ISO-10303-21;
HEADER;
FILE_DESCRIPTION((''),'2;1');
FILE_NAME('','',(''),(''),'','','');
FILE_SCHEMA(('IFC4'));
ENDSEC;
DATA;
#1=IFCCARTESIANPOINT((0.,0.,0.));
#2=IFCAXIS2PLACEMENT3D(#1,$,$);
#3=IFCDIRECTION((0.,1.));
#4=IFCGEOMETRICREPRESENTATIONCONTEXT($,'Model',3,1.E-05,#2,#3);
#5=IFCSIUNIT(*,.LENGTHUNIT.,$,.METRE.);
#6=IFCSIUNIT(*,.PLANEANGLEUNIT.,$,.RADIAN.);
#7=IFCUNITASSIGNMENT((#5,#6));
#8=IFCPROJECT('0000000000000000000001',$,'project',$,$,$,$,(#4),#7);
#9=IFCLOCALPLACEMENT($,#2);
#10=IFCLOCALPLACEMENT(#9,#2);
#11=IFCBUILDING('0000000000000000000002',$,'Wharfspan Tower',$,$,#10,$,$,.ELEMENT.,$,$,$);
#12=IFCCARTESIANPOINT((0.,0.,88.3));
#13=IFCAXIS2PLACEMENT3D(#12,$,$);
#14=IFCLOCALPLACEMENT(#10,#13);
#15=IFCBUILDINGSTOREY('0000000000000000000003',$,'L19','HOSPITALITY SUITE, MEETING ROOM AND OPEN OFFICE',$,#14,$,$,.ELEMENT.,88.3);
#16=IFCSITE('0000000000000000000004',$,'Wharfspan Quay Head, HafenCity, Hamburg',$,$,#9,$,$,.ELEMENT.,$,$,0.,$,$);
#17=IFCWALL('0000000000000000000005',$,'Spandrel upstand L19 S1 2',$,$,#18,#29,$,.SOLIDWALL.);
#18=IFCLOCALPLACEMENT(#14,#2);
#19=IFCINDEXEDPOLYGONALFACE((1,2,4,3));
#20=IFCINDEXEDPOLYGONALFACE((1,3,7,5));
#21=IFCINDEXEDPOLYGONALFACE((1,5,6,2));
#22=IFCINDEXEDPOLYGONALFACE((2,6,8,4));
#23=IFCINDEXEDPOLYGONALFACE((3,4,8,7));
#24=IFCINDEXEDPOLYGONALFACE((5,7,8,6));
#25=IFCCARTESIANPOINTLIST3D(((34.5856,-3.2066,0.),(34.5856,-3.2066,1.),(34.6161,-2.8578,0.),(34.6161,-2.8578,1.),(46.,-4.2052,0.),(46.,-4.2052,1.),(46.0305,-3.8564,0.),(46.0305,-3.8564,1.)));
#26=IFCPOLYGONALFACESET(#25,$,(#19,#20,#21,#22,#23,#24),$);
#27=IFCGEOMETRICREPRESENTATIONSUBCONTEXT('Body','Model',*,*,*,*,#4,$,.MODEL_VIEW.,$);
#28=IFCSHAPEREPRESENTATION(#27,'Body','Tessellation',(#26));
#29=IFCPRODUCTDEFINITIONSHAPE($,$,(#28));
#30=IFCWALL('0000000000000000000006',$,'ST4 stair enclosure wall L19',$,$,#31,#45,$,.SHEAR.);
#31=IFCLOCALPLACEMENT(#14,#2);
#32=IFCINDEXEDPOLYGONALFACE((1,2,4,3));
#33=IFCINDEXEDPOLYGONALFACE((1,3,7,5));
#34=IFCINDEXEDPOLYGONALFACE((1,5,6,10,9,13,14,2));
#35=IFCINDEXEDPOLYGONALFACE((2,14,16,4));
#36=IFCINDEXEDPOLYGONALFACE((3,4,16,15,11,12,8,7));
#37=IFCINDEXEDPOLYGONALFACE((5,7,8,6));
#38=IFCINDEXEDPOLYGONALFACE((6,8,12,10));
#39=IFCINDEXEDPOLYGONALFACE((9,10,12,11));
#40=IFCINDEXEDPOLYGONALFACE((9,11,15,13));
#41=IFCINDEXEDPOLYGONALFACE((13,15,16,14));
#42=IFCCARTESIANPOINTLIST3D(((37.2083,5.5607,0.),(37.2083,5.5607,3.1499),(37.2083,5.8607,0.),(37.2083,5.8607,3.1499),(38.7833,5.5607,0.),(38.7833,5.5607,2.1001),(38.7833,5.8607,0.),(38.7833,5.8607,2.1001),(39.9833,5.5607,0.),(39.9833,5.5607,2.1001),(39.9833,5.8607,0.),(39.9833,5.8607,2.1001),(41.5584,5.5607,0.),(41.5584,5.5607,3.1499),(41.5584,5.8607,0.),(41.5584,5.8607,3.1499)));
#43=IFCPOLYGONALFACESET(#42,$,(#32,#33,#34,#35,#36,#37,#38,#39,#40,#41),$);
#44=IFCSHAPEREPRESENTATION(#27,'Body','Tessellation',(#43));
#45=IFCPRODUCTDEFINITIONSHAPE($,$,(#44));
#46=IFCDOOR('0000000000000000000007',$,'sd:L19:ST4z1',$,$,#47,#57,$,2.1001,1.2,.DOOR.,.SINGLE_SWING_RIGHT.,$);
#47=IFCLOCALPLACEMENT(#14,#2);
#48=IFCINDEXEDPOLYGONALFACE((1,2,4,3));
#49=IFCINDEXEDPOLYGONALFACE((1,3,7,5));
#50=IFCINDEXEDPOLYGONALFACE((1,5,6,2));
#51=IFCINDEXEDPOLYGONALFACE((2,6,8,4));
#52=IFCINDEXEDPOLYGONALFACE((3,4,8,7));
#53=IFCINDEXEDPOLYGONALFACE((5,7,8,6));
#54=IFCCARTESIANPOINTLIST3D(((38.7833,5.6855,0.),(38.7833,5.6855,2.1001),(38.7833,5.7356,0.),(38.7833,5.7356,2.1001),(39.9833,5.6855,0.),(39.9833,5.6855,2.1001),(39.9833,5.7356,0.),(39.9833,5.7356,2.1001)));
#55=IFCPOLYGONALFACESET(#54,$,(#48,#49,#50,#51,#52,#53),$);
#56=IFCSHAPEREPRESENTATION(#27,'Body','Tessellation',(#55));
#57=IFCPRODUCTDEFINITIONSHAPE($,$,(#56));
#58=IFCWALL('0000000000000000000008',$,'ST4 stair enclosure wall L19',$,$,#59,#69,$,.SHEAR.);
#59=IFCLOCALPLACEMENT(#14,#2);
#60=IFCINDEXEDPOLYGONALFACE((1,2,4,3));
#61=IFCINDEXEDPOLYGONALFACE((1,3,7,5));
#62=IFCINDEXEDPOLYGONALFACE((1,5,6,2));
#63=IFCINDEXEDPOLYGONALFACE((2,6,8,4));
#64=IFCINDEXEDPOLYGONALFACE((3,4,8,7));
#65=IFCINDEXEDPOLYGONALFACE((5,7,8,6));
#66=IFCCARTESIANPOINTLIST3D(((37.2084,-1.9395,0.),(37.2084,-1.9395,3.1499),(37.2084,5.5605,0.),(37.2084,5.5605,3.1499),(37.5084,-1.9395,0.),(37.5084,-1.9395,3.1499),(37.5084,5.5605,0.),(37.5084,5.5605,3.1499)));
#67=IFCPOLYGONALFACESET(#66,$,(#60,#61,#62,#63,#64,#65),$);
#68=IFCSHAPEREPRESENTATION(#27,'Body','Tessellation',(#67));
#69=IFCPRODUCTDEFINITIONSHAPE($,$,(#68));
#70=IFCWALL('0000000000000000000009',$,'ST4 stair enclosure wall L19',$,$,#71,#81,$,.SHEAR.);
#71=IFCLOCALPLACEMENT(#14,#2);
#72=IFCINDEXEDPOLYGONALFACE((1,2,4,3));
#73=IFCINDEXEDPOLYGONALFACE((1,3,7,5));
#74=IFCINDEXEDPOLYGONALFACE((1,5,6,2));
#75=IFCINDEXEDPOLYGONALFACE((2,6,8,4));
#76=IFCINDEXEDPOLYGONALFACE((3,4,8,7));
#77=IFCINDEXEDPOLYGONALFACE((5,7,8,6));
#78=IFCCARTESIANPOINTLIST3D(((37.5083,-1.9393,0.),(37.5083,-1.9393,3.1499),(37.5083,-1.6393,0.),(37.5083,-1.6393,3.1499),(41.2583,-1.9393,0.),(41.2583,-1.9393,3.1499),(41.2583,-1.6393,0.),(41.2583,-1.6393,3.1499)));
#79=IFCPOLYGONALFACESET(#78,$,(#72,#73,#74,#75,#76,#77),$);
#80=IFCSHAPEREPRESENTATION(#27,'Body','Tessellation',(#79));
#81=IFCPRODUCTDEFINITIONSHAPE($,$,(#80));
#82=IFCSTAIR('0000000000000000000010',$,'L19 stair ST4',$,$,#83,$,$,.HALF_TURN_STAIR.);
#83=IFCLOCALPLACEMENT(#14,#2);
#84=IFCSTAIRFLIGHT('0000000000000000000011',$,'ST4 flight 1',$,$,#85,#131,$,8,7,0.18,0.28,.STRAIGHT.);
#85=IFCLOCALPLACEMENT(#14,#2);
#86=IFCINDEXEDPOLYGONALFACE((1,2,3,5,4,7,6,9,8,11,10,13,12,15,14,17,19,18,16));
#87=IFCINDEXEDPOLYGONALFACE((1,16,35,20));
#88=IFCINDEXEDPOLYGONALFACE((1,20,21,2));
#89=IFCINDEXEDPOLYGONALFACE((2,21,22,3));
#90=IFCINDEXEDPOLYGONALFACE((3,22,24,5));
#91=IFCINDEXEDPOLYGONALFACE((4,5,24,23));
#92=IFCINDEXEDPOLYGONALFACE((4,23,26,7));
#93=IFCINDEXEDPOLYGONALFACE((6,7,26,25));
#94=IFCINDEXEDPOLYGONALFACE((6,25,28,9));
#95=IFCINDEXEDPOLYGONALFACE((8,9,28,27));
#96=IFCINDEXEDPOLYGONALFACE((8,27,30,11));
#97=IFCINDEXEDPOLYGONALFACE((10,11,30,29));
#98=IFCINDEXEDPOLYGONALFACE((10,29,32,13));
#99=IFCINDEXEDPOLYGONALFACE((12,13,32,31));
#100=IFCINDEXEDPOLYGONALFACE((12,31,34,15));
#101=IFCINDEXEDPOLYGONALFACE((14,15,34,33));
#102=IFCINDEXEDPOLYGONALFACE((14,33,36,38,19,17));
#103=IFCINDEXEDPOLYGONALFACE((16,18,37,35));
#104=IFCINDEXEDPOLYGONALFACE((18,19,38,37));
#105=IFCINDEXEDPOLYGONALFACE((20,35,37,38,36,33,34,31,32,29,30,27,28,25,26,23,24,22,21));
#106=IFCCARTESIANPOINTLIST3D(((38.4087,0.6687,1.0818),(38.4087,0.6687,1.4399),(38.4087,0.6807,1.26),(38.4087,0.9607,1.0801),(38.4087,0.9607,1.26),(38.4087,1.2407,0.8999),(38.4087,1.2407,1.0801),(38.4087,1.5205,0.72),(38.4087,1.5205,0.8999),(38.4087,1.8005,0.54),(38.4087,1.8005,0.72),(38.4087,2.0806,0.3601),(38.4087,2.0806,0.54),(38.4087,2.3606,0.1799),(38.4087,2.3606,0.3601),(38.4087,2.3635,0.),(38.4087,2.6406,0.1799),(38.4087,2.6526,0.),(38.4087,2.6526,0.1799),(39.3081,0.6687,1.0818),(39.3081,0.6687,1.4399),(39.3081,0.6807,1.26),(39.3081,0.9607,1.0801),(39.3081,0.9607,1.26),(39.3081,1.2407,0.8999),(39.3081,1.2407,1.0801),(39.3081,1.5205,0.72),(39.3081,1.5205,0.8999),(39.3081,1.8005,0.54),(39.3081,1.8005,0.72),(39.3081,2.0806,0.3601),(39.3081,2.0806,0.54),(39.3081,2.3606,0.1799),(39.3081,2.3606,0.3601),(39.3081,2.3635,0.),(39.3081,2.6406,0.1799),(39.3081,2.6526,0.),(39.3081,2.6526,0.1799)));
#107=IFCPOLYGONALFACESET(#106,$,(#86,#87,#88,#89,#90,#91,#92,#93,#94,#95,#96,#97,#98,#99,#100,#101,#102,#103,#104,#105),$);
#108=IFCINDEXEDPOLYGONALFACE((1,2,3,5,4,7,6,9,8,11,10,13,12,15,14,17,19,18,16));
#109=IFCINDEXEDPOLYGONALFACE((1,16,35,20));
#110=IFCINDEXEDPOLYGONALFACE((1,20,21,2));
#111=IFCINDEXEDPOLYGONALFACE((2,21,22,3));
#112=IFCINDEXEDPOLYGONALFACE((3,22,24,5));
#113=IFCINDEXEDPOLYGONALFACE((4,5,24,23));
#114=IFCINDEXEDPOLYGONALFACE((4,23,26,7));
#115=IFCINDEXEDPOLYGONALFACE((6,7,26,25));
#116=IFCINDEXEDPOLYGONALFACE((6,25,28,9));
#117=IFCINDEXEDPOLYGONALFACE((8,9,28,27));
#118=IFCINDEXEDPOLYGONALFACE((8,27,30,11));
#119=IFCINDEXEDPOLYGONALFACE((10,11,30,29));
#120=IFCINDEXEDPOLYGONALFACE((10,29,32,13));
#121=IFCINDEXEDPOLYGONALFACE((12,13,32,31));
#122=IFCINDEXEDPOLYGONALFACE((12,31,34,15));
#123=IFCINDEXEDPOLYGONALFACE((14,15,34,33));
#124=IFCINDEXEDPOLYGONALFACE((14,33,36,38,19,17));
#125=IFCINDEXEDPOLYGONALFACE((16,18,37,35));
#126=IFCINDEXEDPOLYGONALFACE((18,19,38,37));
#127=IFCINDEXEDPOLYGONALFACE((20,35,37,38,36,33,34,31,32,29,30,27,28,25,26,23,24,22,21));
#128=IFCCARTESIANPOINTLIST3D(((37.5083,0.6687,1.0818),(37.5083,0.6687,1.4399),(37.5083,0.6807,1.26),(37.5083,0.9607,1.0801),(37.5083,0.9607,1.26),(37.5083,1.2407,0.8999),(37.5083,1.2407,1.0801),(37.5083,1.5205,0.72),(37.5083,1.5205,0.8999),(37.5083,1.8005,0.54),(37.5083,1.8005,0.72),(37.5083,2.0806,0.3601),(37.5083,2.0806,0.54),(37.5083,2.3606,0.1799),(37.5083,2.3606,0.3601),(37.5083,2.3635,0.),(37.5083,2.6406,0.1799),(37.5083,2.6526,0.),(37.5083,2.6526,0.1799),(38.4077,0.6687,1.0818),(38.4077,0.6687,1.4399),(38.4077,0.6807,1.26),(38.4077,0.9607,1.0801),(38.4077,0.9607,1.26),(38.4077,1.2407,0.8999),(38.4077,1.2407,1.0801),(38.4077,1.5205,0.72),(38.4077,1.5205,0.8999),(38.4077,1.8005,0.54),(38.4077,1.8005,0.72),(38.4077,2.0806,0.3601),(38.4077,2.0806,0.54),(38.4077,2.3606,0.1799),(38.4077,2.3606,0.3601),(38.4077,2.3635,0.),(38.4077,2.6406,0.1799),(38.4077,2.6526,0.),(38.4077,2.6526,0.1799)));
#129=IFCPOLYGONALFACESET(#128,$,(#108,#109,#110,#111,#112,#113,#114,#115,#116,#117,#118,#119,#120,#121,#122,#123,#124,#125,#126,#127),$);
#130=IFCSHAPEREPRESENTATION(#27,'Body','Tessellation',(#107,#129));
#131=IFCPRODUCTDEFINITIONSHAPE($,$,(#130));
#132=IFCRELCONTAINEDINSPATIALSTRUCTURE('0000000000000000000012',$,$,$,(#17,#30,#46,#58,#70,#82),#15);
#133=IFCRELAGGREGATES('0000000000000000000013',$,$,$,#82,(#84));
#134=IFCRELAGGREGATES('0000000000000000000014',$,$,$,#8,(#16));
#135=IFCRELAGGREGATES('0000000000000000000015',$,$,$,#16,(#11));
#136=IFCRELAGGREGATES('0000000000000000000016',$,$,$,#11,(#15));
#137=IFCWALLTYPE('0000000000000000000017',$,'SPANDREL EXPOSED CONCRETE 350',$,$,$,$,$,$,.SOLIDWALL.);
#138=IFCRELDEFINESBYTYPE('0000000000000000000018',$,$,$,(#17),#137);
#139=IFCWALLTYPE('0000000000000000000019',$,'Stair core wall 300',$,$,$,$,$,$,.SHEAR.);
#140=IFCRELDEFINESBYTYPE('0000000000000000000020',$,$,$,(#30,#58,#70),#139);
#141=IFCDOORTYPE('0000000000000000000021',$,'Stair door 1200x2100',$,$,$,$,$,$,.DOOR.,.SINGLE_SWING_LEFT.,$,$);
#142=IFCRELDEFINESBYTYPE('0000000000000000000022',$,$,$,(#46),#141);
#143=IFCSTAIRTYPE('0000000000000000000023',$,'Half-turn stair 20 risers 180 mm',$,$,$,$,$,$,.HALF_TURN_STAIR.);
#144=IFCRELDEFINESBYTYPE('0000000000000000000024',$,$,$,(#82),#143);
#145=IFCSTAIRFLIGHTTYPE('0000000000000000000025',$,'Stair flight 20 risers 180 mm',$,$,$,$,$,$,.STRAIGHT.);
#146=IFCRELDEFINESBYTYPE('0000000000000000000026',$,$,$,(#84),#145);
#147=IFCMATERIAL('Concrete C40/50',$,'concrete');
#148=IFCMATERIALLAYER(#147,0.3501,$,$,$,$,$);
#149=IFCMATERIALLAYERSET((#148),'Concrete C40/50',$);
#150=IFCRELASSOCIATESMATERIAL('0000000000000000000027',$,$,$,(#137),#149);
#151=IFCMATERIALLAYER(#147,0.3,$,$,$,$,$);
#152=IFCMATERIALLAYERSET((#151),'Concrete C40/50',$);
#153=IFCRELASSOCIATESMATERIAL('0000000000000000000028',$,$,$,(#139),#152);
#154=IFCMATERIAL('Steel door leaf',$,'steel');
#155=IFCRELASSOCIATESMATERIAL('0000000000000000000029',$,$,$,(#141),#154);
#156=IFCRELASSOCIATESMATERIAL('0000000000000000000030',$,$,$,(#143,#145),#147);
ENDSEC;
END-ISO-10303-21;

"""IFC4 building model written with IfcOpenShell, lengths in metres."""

from ifc_helpers import new_model, si_unit, direction, frame, frame_2d, origin, place, context, subcontext, project, spatial, polyline, rectangle, outline, extrude, material, layer, layer_set, type_object, element, fill, aggregate, save


model = new_model("IFC4")

# Units and contexts
model_context = context("Model", 3, precision=1e-05, world=origin(), true_north=direction((0.0, 1.0)))
body_context = subcontext(model_context, "Body", "Model", "MODEL_VIEW")
ifc_project = project(units=[si_unit("LENGTHUNIT", "METRE"), si_unit("PLANEANGLEUNIT", "RADIAN")], contexts=[model_context])

# Site, building, storey
site_placement = place(None, origin())
site = spatial("IfcSite", under=ifc_project, at=site_placement, Name="Wharfspan Quay Head, HafenCity, Hamburg", CompositionType="ELEMENT", RefElevation=0.0)
building_placement = place(site_placement, origin())
building = spatial("IfcBuilding", under=site, at=building_placement, Name="Wharfspan Tower", CompositionType="ELEMENT")
storey_placement = place(building_placement, frame((0.0, 0.0, 88.3)))
storey = spatial("IfcBuildingStorey", under=building, at=storey_placement, Name="L19", Description="HOSPITALITY SUITE, MEETING ROOM AND OPEN OFFICE", CompositionType="ELEMENT", Elevation=88.3)

# Wall
ifc_material_1 = material(Name="Concrete C40/50", Category="concrete")
ifc_layer_1 = layer(ifc_material_1, 0.3501)
ifc_layer_set_1 = layer_set([ifc_layer_1], Name="Concrete C40/50")
wall_type_1 = type_object("IfcWallType", Name="SPANDREL EXPOSED CONCRETE 350", PredefinedType="SOLIDWALL", material=ifc_layer_set_1)
wall_1_placement = place(storey_placement, frame((34.6008, -3.0322, 0.0), z_axis=(0.0, 0.0, 1.0), x_axis=(0.996193, -0.087148, 0.0)))
element("IfcWall", 1, at=wall_1_placement, inside=storey, type_object=wall_type_1, Name="Spandrel upstand L19 S1 2", PredefinedType="SOLIDWALL", context=body_context, shape_type="SweptSolid", body=[
    extrude(rectangle(XDim=11.458, YDim=0.3501, at=frame_2d((5.729, 0.0))), origin(), (0.0, 0.0, 1.0), 1.0),
])

# Wall, opening, door
ifc_layer_2 = layer(ifc_material_1, 0.3)
ifc_layer_set_2 = layer_set([ifc_layer_2], Name="Concrete C40/50")
wall_type_2 = type_object("IfcWallType", Name="Stair core wall 300", PredefinedType="SHEAR", material=ifc_layer_set_2)
wall_2_placement = place(storey_placement, frame((37.2083, 5.7107, 0.0), z_axis=(0.0, 0.0, 1.0), x_axis=(1.0, 0.0, 0.0)))
wall_2 = element("IfcWall", 2, at=wall_2_placement, inside=storey, type_object=wall_type_2, Name="ST4 stair enclosure wall L19", PredefinedType="SHEAR", context=body_context, shape_type="SweptSolid", body=[
    extrude(rectangle(XDim=4.3501, YDim=0.3, at=frame_2d((2.175, 0.0))), origin(), (0.0, 0.0, 1.0), 3.1499),
])
opening_1_placement = place(wall_2_placement, frame((1.575, 0.0, 0.0)))
opening_1 = element("IfcOpeningElement", 3, at=opening_1_placement, cuts=wall_2, PredefinedType="OPENING", context=body_context, shape_type="SweptSolid", body=[
    extrude(rectangle(XDim=1.2, YDim=2.1001, at=frame_2d((0.6001, 1.05))), frame((0.0, 0.1599, 0.0), z_axis=(0.0, -1.0, 0.0), x_axis=(1.0, 0.0, 0.0)), (0.0, 0.0, 1.0), 0.3201),
])
ifc_material_2 = material(Name="Steel door leaf", Category="steel")
door_type_1 = type_object("IfcDoorType", Name="Stair door 1200x2100", OperationType="SINGLE_SWING_LEFT", PredefinedType="DOOR", material=ifc_material_2)
door_1_placement = place(opening_1_placement, origin())
door_1 = element("IfcDoor", 4, at=door_1_placement, inside=storey, type_object=door_type_1, Name="sd:L19:ST4z1", OperationType="SINGLE_SWING_RIGHT", OverallHeight=2.1001, OverallWidth=1.2, PredefinedType="DOOR", context=body_context, shape_type="SweptSolid", body=[
    extrude(rectangle(XDim=1.2, YDim=2.1001, at=frame_2d((0.6001, 1.05))), frame((0.0, 0.0249, 0.0), z_axis=(0.0, -1.0, 0.0), x_axis=(1.0, 0.0, 0.0)), (0.0, 0.0, 1.0), 0.05),
])
fill(opening_1, door_1)

# Walls
wall_3_placement = place(storey_placement, frame((37.3584, -1.9395, 0.0), z_axis=(0.0, 0.0, 1.0), x_axis=(0.0, 1.0, 0.0)))
element("IfcWall", 5, at=wall_3_placement, inside=storey, type_object=wall_type_2, Name="ST4 stair enclosure wall L19", PredefinedType="SHEAR", context=body_context, shape_type="SweptSolid", body=[
    extrude(rectangle(XDim=7.5, YDim=0.3, at=frame_2d((3.75, 0.0))), origin(), (0.0, 0.0, 1.0), 3.1499),
])
wall_4_placement = place(storey_placement, frame((37.5083, -1.7893, 0.0), z_axis=(0.0, 0.0, 1.0), x_axis=(1.0, 0.0, 0.0)))
element("IfcWall", 6, at=wall_4_placement, inside=storey, type_object=wall_type_2, Name="ST4 stair enclosure wall L19", PredefinedType="SHEAR", context=body_context, shape_type="SweptSolid", body=[
    extrude(rectangle(XDim=3.75, YDim=0.3, at=frame_2d((1.875, 0.0))), origin(), (0.0, 0.0, 1.0), 3.1499),
])

# Stair, stair flight
stair_type = type_object("IfcStairType", Name="Half-turn stair 20 risers 180 mm", PredefinedType="HALF_TURN_STAIR", material=ifc_material_1)
stair_placement = place(storey_placement, origin())
stair = element("IfcStair", 7, at=stair_placement, inside=storey, type_object=stair_type, Name="L19 stair ST4", PredefinedType="HALF_TURN_STAIR")
stair_flight_type = type_object("IfcStairFlightType", Name="Stair flight 20 risers 180 mm", PredefinedType="STRAIGHT", material=ifc_material_1)
stair_flight_placement = place(storey_placement, frame((38.4082, 2.6406, 0.0), z_axis=(0.0, 0.0, 1.0), x_axis=(0.0, -1.0, 0.0)))
stair_flight = element("IfcStairFlight", 8, at=stair_flight_placement, type_object=stair_flight_type, Name="ST4 flight 1", NumberOfRisers=8, NumberOfTreads=7, PredefinedType="STRAIGHT", RiserHeight=0.18, TreadLength=0.28, context=body_context, shape_type="SweptSolid", body=[
    extrude(outline(polyline([(-0.012, 0.0), (-0.012, 0.1799), (0.0, 0.1799), (0.28, 0.1799), (0.28, 0.3601), (0.5601, 0.3601), (0.5601, 0.54), (0.8401, 0.54), (0.8401, 0.72), (1.1201, 0.72), (1.1201, 0.8999), (1.3999, 0.8999), (1.3999, 1.0801), (1.6799, 1.0801), (1.6799, 1.26), (1.96, 1.26), (1.9719, 1.4399), (1.9719, 1.0818), (0.2771, 0.0), (-0.012, 0.0)])), frame((0.0, 0.8999, 0.0), z_axis=(0.0, -1.0, 0.0), x_axis=(1.0, 0.0, 0.0)), (0.0, 0.0, 1.0), 0.8994),
    extrude(outline(polyline([(-0.012, 0.0), (-0.012, 0.1799), (0.0, 0.1799), (0.28, 0.1799), (0.28, 0.3601), (0.5601, 0.3601), (0.5601, 0.54), (0.8401, 0.54), (0.8401, 0.72), (1.1201, 0.72), (1.1201, 0.8999), (1.3999, 0.8999), (1.3999, 1.0801), (1.6799, 1.0801), (1.6799, 1.26), (1.96, 1.26), (1.9719, 1.4399), (1.9719, 1.0818), (0.2771, 0.0), (-0.012, 0.0)])), frame((0.0, -0.0005, 0.0), z_axis=(0.0, -1.0, 0.0), x_axis=(1.0, 0.0, 0.0)), (0.0, 0.0, 1.0), 0.8994),
])
aggregate(stair, [stair_flight])

save(model, "model.ifc")
